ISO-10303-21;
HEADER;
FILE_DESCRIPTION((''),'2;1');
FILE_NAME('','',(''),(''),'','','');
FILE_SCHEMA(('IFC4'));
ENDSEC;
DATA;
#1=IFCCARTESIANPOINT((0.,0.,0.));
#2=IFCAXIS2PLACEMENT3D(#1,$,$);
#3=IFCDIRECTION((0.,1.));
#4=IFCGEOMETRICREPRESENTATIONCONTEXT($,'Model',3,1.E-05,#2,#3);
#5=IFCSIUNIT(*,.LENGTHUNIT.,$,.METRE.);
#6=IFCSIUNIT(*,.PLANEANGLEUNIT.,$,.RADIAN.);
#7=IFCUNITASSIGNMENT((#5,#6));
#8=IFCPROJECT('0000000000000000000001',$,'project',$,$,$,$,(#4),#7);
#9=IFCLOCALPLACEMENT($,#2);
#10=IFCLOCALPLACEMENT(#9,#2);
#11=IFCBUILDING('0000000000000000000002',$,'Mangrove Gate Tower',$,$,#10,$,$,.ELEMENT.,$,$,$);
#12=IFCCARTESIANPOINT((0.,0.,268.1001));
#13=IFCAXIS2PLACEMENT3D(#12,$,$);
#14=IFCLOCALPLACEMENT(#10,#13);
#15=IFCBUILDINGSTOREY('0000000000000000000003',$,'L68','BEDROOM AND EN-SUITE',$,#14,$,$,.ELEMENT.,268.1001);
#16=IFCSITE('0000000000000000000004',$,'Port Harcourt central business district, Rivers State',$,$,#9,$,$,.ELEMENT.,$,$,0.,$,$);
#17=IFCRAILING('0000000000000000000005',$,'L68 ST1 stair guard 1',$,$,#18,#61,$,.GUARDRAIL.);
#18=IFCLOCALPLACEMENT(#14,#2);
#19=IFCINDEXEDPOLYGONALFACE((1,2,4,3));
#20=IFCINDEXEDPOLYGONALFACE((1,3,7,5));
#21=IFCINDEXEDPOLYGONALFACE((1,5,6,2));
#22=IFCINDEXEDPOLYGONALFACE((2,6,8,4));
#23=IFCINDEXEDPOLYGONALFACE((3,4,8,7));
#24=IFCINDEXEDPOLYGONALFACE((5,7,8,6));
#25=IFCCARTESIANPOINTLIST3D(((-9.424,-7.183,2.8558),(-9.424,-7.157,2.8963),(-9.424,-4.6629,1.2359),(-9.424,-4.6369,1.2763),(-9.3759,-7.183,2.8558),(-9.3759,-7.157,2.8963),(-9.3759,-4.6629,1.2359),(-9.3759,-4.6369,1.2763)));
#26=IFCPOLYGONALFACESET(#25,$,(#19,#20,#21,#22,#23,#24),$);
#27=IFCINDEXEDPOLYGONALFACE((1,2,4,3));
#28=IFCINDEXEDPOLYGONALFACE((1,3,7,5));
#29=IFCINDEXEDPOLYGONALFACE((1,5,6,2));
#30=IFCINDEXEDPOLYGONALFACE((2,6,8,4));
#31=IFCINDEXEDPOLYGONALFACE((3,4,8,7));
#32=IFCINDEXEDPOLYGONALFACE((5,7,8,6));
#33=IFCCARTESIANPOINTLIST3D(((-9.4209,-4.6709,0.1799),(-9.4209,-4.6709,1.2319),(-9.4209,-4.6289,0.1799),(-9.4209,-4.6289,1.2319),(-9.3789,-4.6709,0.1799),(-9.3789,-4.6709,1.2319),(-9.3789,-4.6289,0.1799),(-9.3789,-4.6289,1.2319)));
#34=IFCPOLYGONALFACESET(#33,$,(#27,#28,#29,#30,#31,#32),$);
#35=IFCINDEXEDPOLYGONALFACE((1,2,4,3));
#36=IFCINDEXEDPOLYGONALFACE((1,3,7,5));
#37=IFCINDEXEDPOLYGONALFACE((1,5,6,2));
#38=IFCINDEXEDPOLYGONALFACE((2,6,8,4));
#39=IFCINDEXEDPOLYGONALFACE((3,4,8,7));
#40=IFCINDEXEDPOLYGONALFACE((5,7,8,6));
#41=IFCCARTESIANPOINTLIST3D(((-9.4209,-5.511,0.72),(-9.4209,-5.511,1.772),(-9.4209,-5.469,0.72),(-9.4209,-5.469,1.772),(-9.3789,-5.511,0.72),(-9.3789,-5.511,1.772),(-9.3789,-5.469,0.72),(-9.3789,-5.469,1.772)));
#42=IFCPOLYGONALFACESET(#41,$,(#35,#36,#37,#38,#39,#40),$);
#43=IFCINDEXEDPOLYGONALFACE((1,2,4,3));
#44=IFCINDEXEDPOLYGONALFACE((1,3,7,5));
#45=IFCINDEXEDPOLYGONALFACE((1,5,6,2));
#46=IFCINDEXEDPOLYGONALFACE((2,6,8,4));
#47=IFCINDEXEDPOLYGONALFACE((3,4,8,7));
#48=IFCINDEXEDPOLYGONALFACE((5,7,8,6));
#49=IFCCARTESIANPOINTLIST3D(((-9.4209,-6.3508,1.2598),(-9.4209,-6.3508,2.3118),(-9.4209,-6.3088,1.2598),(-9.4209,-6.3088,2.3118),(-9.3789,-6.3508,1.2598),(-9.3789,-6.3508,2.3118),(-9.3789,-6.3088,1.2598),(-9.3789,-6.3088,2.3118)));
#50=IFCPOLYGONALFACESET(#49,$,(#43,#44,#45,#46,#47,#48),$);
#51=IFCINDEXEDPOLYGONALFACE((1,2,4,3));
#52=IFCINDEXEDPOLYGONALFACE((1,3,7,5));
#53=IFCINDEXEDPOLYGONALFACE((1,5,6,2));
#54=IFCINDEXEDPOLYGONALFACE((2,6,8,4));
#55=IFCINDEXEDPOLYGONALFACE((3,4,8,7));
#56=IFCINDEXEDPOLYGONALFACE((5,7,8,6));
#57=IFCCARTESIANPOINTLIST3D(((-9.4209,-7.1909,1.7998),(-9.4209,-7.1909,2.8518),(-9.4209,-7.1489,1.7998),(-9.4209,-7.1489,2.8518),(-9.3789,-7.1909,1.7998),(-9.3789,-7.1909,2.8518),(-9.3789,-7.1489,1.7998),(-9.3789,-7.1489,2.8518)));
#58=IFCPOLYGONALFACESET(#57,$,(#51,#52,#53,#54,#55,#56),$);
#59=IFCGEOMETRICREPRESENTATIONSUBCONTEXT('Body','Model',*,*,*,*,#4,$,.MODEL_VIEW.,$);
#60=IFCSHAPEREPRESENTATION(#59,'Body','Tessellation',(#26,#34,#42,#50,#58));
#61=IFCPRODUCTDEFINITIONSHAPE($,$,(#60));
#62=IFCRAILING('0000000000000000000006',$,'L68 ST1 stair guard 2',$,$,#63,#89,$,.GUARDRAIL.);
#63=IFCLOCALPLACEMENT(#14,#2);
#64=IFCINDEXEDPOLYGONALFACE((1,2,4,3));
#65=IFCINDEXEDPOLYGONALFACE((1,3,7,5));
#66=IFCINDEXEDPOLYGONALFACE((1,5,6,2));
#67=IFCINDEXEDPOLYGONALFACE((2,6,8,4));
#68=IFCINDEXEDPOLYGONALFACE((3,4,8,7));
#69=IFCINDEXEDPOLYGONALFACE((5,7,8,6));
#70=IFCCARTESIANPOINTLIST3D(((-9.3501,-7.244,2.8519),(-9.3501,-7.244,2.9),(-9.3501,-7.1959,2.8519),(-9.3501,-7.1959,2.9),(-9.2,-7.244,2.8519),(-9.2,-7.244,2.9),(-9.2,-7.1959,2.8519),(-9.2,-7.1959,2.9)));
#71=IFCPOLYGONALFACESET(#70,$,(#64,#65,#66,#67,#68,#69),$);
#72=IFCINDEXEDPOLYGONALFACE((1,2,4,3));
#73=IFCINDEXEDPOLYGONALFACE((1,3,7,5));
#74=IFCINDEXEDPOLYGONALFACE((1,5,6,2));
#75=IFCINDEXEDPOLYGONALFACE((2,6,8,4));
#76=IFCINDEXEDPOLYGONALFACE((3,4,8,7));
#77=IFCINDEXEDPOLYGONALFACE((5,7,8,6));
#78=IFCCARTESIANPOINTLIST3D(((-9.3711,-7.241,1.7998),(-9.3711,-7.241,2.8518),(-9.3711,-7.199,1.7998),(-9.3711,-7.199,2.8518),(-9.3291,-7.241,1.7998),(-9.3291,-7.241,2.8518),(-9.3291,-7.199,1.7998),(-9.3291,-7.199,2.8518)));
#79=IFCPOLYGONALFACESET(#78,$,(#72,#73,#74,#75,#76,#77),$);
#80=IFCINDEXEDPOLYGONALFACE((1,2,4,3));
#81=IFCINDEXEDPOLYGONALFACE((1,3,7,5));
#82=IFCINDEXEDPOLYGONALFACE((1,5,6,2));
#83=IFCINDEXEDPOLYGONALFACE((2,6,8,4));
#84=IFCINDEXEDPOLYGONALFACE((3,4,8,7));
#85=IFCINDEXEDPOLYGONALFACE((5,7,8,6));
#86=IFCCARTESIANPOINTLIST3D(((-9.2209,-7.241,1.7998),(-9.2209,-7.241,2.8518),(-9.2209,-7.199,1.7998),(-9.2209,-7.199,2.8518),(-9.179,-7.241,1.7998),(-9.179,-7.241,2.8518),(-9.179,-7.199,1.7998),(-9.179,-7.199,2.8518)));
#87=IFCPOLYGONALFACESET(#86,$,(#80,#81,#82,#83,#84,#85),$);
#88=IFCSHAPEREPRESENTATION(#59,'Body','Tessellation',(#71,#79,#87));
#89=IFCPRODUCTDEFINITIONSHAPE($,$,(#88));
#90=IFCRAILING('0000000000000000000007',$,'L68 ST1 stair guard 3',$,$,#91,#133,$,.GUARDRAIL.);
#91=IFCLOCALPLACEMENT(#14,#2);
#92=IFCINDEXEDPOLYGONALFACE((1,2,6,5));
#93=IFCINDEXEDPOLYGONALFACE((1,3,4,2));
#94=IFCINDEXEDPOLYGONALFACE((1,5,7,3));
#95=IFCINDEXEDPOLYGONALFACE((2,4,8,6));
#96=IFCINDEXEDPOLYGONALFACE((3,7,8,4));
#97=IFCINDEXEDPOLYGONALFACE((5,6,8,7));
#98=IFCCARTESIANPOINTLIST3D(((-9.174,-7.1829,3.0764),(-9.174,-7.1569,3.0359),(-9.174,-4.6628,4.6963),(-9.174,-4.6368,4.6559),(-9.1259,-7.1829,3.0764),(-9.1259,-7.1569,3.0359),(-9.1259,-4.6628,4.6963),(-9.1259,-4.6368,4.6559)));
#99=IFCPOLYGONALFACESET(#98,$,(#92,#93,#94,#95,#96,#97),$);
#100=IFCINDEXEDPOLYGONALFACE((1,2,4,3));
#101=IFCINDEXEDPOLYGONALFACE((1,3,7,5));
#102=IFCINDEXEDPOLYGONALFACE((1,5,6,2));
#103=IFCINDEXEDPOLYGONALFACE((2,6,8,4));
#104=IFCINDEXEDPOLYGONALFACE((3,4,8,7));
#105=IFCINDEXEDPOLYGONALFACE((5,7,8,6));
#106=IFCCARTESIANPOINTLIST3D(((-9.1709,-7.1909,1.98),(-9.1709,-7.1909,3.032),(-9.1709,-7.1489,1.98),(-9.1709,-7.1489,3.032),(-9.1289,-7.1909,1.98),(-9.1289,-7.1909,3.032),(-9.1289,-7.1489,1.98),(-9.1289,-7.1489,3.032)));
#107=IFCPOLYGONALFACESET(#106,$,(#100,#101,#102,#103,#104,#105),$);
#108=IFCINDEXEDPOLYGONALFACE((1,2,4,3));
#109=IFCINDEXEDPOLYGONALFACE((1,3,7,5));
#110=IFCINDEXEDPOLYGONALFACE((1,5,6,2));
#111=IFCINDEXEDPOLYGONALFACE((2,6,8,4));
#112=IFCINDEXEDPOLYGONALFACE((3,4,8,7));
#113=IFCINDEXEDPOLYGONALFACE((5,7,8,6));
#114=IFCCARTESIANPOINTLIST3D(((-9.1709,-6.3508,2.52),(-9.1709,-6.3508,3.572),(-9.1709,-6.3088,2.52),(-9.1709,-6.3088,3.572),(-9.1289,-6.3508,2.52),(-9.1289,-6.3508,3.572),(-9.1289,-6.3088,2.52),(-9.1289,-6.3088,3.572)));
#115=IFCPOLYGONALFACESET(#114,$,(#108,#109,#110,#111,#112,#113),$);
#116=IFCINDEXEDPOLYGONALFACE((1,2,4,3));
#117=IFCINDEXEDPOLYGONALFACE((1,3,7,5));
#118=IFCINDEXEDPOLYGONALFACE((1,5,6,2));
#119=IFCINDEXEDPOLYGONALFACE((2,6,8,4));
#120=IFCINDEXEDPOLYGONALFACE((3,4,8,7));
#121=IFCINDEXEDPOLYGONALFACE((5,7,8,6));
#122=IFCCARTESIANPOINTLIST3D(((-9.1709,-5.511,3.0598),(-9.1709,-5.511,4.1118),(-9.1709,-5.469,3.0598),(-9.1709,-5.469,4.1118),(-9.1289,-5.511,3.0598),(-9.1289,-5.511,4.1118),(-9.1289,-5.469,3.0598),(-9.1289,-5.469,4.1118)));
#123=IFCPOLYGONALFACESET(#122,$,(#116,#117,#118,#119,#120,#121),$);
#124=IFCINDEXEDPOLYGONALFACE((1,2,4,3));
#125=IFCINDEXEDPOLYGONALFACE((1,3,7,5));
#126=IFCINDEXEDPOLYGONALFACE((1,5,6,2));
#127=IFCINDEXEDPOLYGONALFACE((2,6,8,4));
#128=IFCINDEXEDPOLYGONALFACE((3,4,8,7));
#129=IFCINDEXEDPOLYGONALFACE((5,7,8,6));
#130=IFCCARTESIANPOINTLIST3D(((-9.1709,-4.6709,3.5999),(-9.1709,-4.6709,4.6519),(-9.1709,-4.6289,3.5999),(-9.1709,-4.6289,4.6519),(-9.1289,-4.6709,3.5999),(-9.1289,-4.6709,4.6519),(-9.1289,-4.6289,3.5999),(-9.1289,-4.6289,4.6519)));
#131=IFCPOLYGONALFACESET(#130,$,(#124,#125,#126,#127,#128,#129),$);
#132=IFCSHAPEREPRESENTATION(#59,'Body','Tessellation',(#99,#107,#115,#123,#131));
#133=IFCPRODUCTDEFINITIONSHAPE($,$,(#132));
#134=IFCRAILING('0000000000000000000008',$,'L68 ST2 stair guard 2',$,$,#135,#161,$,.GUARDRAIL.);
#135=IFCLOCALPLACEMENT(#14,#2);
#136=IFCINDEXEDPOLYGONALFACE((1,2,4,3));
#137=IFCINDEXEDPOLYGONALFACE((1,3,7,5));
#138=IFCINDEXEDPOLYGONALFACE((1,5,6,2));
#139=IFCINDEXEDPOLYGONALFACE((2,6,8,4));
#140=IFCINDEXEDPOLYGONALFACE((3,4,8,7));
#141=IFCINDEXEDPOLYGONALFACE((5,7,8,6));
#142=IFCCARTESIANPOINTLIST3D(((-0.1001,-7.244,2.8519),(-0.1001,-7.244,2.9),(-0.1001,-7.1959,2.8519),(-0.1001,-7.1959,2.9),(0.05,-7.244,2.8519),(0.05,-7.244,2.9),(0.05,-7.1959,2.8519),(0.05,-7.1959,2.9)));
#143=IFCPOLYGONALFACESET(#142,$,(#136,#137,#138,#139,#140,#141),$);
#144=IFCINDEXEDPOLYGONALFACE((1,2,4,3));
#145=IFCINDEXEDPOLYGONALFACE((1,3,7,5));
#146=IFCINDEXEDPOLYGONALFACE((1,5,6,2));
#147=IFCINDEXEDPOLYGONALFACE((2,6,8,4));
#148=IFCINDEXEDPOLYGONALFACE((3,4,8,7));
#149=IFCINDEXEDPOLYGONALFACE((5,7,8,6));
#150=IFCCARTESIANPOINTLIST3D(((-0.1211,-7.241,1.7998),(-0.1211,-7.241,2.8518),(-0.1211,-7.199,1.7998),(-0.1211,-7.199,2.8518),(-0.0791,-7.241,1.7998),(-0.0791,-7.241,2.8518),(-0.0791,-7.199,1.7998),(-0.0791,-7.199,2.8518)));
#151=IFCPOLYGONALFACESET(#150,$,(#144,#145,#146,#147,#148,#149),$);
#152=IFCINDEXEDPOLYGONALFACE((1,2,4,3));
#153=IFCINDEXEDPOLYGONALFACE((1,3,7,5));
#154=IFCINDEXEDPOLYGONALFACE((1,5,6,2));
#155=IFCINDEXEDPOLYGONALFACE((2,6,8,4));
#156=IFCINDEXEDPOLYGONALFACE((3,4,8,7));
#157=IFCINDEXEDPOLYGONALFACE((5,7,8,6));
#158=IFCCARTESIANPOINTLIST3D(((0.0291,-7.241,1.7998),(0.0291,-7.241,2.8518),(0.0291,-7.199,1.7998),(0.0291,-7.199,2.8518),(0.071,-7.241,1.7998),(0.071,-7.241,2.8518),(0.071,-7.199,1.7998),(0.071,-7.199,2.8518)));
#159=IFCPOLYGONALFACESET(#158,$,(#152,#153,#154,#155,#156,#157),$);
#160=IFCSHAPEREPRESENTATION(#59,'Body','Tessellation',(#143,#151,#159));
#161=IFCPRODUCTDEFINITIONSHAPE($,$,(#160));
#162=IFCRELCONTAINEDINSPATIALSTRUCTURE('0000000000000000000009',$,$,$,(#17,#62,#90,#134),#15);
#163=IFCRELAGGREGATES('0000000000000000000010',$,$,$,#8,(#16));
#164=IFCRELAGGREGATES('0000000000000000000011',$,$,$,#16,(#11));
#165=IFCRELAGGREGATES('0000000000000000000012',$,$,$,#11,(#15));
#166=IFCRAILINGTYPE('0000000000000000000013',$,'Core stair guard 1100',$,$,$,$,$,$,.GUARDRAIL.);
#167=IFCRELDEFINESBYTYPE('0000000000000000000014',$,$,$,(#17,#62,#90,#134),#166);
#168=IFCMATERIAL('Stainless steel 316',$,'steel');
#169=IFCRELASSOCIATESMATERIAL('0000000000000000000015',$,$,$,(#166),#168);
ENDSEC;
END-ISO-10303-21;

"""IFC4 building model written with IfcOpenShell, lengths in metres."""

from ifc_helpers import new_model, si_unit, direction, frame, origin, origin_2d, place, context, subcontext, project, spatial, rectangle, extrude, material, type_object, element, save


model = new_model("IFC4")

# Units and contexts
model_context = context("Model", 3, precision=1e-05, world=origin(), true_north=direction((0.0, 1.0)))
body_context = subcontext(model_context, "Body", "Model", "MODEL_VIEW")
ifc_project = project(units=[si_unit("LENGTHUNIT", "METRE"), si_unit("PLANEANGLEUNIT", "RADIAN")], contexts=[model_context])

# Site, building, storey
site_placement = place(None, origin())
site = spatial("IfcSite", under=ifc_project, at=site_placement, Name="Port Harcourt central business district, Rivers State", CompositionType="ELEMENT", RefElevation=0.0)
building_placement = place(site_placement, origin())
building = spatial("IfcBuilding", under=site, at=building_placement, Name="Mangrove Gate Tower", CompositionType="ELEMENT")
storey_placement = place(building_placement, frame((0.0, 0.0, 268.1001)))
storey = spatial("IfcBuildingStorey", under=building, at=storey_placement, Name="L68", Description="BEDROOM AND EN-SUITE", CompositionType="ELEMENT", Elevation=268.1001)

# Railings
ifc_material_1 = material(Name="Stainless steel 316", Category="steel")
railing_type_1 = type_object("IfcRailingType", Name="Core stair guard 1100", PredefinedType="GUARDRAIL", material=ifc_material_1)
railing_1_placement = place(storey_placement, frame((-9.3999, -4.6499, 0.1799)))
element("IfcRailing", 1, at=railing_1_placement, inside=storey, type_object=railing_type_1, Name="L68 ST1 stair guard 1", PredefinedType="GUARDRAIL", context=body_context, shape_type="SweptSolid", body=[
    extrude(rectangle(XDim=0.0481, YDim=0.0481, at=origin_2d()), frame((0.0, 0.0, 1.0762), z_axis=(0.0, -0.8412, 0.540725), x_axis=(1.0, 0.0, 0.0)), (0.0, 0.0, 1.0), 2.9958),
    extrude(rectangle(XDim=0.042, YDim=0.042, at=origin_2d()), origin(), (0.0, 0.0, 1.0), 1.052),
    extrude(rectangle(XDim=0.042, YDim=0.042, at=origin_2d()), frame((0.0, -0.8401, 0.54)), (0.0, 0.0, 1.0), 1.052),
    extrude(rectangle(XDim=0.042, YDim=0.042, at=origin_2d()), frame((0.0, -1.6799, 1.0798)), (0.0, 0.0, 1.0), 1.052),
    extrude(rectangle(XDim=0.042, YDim=0.042, at=origin_2d()), frame((0.0, -2.52, 1.6199)), (0.0, 0.0, 1.0), 1.052),
])
railing_2_placement = place(storey_placement, frame((-9.3501, -7.22, 1.7998)))
element("IfcRailing", 2, at=railing_2_placement, inside=storey, type_object=railing_type_1, Name="L68 ST1 stair guard 2", PredefinedType="GUARDRAIL", context=body_context, shape_type="SweptSolid", body=[
    extrude(rectangle(XDim=0.0481, YDim=0.0481, at=origin_2d()), frame((0.0, 0.0, 1.0762), z_axis=(1.0, 0.0, 0.0), x_axis=(0.0, 1.0, 0.0)), (0.0, 0.0, 1.0), 0.1501),
    extrude(rectangle(XDim=0.042, YDim=0.042, at=origin_2d()), origin(), (0.0, 0.0, 1.0), 1.052),
    extrude(rectangle(XDim=0.042, YDim=0.042, at=origin_2d()), frame((0.1501, 0.0, 0.0)), (0.0, 0.0, 1.0), 1.052),
])
railing_3_placement = place(storey_placement, frame((-9.1499, -7.1699, 1.98)))
element("IfcRailing", 3, at=railing_3_placement, inside=storey, type_object=railing_type_1, Name="L68 ST1 stair guard 3", PredefinedType="GUARDRAIL", context=body_context, shape_type="SweptSolid", body=[
    extrude(rectangle(XDim=0.0481, YDim=0.0481, at=origin_2d()), frame((0.0, 0.0, 1.0762), z_axis=(0.0, 0.8412, 0.540725), x_axis=(-1.0, 0.0, 0.0)), (0.0, 0.0, 1.0), 2.9958),
    extrude(rectangle(XDim=0.042, YDim=0.042, at=origin_2d()), origin(), (0.0, 0.0, 1.0), 1.052),
    extrude(rectangle(XDim=0.042, YDim=0.042, at=origin_2d()), frame((0.0, 0.8401, 0.54)), (0.0, 0.0, 1.0), 1.052),
    extrude(rectangle(XDim=0.042, YDim=0.042, at=origin_2d()), frame((0.0, 1.6799, 1.0798)), (0.0, 0.0, 1.0), 1.052),
    extrude(rectangle(XDim=0.042, YDim=0.042, at=origin_2d()), frame((0.0, 2.52, 1.6199)), (0.0, 0.0, 1.0), 1.052),
])
railing_4_placement = place(storey_placement, frame((-0.1001, -7.22, 1.7998)))
element("IfcRailing", 4, at=railing_4_placement, inside=storey, type_object=railing_type_1, Name="L68 ST2 stair guard 2", PredefinedType="GUARDRAIL", context=body_context, shape_type="SweptSolid", body=[
    extrude(rectangle(XDim=0.0481, YDim=0.0481, at=origin_2d()), frame((0.0, 0.0, 1.0762), z_axis=(1.0, 0.0, 0.0), x_axis=(0.0, 1.0, 0.0)), (0.0, 0.0, 1.0), 0.1501),
    extrude(rectangle(XDim=0.042, YDim=0.042, at=origin_2d()), origin(), (0.0, 0.0, 1.0), 1.052),
    extrude(rectangle(XDim=0.042, YDim=0.042, at=origin_2d()), frame((0.1501, 0.0, 0.0)), (0.0, 0.0, 1.0), 1.052),
])

save(model, "model.ifc")
